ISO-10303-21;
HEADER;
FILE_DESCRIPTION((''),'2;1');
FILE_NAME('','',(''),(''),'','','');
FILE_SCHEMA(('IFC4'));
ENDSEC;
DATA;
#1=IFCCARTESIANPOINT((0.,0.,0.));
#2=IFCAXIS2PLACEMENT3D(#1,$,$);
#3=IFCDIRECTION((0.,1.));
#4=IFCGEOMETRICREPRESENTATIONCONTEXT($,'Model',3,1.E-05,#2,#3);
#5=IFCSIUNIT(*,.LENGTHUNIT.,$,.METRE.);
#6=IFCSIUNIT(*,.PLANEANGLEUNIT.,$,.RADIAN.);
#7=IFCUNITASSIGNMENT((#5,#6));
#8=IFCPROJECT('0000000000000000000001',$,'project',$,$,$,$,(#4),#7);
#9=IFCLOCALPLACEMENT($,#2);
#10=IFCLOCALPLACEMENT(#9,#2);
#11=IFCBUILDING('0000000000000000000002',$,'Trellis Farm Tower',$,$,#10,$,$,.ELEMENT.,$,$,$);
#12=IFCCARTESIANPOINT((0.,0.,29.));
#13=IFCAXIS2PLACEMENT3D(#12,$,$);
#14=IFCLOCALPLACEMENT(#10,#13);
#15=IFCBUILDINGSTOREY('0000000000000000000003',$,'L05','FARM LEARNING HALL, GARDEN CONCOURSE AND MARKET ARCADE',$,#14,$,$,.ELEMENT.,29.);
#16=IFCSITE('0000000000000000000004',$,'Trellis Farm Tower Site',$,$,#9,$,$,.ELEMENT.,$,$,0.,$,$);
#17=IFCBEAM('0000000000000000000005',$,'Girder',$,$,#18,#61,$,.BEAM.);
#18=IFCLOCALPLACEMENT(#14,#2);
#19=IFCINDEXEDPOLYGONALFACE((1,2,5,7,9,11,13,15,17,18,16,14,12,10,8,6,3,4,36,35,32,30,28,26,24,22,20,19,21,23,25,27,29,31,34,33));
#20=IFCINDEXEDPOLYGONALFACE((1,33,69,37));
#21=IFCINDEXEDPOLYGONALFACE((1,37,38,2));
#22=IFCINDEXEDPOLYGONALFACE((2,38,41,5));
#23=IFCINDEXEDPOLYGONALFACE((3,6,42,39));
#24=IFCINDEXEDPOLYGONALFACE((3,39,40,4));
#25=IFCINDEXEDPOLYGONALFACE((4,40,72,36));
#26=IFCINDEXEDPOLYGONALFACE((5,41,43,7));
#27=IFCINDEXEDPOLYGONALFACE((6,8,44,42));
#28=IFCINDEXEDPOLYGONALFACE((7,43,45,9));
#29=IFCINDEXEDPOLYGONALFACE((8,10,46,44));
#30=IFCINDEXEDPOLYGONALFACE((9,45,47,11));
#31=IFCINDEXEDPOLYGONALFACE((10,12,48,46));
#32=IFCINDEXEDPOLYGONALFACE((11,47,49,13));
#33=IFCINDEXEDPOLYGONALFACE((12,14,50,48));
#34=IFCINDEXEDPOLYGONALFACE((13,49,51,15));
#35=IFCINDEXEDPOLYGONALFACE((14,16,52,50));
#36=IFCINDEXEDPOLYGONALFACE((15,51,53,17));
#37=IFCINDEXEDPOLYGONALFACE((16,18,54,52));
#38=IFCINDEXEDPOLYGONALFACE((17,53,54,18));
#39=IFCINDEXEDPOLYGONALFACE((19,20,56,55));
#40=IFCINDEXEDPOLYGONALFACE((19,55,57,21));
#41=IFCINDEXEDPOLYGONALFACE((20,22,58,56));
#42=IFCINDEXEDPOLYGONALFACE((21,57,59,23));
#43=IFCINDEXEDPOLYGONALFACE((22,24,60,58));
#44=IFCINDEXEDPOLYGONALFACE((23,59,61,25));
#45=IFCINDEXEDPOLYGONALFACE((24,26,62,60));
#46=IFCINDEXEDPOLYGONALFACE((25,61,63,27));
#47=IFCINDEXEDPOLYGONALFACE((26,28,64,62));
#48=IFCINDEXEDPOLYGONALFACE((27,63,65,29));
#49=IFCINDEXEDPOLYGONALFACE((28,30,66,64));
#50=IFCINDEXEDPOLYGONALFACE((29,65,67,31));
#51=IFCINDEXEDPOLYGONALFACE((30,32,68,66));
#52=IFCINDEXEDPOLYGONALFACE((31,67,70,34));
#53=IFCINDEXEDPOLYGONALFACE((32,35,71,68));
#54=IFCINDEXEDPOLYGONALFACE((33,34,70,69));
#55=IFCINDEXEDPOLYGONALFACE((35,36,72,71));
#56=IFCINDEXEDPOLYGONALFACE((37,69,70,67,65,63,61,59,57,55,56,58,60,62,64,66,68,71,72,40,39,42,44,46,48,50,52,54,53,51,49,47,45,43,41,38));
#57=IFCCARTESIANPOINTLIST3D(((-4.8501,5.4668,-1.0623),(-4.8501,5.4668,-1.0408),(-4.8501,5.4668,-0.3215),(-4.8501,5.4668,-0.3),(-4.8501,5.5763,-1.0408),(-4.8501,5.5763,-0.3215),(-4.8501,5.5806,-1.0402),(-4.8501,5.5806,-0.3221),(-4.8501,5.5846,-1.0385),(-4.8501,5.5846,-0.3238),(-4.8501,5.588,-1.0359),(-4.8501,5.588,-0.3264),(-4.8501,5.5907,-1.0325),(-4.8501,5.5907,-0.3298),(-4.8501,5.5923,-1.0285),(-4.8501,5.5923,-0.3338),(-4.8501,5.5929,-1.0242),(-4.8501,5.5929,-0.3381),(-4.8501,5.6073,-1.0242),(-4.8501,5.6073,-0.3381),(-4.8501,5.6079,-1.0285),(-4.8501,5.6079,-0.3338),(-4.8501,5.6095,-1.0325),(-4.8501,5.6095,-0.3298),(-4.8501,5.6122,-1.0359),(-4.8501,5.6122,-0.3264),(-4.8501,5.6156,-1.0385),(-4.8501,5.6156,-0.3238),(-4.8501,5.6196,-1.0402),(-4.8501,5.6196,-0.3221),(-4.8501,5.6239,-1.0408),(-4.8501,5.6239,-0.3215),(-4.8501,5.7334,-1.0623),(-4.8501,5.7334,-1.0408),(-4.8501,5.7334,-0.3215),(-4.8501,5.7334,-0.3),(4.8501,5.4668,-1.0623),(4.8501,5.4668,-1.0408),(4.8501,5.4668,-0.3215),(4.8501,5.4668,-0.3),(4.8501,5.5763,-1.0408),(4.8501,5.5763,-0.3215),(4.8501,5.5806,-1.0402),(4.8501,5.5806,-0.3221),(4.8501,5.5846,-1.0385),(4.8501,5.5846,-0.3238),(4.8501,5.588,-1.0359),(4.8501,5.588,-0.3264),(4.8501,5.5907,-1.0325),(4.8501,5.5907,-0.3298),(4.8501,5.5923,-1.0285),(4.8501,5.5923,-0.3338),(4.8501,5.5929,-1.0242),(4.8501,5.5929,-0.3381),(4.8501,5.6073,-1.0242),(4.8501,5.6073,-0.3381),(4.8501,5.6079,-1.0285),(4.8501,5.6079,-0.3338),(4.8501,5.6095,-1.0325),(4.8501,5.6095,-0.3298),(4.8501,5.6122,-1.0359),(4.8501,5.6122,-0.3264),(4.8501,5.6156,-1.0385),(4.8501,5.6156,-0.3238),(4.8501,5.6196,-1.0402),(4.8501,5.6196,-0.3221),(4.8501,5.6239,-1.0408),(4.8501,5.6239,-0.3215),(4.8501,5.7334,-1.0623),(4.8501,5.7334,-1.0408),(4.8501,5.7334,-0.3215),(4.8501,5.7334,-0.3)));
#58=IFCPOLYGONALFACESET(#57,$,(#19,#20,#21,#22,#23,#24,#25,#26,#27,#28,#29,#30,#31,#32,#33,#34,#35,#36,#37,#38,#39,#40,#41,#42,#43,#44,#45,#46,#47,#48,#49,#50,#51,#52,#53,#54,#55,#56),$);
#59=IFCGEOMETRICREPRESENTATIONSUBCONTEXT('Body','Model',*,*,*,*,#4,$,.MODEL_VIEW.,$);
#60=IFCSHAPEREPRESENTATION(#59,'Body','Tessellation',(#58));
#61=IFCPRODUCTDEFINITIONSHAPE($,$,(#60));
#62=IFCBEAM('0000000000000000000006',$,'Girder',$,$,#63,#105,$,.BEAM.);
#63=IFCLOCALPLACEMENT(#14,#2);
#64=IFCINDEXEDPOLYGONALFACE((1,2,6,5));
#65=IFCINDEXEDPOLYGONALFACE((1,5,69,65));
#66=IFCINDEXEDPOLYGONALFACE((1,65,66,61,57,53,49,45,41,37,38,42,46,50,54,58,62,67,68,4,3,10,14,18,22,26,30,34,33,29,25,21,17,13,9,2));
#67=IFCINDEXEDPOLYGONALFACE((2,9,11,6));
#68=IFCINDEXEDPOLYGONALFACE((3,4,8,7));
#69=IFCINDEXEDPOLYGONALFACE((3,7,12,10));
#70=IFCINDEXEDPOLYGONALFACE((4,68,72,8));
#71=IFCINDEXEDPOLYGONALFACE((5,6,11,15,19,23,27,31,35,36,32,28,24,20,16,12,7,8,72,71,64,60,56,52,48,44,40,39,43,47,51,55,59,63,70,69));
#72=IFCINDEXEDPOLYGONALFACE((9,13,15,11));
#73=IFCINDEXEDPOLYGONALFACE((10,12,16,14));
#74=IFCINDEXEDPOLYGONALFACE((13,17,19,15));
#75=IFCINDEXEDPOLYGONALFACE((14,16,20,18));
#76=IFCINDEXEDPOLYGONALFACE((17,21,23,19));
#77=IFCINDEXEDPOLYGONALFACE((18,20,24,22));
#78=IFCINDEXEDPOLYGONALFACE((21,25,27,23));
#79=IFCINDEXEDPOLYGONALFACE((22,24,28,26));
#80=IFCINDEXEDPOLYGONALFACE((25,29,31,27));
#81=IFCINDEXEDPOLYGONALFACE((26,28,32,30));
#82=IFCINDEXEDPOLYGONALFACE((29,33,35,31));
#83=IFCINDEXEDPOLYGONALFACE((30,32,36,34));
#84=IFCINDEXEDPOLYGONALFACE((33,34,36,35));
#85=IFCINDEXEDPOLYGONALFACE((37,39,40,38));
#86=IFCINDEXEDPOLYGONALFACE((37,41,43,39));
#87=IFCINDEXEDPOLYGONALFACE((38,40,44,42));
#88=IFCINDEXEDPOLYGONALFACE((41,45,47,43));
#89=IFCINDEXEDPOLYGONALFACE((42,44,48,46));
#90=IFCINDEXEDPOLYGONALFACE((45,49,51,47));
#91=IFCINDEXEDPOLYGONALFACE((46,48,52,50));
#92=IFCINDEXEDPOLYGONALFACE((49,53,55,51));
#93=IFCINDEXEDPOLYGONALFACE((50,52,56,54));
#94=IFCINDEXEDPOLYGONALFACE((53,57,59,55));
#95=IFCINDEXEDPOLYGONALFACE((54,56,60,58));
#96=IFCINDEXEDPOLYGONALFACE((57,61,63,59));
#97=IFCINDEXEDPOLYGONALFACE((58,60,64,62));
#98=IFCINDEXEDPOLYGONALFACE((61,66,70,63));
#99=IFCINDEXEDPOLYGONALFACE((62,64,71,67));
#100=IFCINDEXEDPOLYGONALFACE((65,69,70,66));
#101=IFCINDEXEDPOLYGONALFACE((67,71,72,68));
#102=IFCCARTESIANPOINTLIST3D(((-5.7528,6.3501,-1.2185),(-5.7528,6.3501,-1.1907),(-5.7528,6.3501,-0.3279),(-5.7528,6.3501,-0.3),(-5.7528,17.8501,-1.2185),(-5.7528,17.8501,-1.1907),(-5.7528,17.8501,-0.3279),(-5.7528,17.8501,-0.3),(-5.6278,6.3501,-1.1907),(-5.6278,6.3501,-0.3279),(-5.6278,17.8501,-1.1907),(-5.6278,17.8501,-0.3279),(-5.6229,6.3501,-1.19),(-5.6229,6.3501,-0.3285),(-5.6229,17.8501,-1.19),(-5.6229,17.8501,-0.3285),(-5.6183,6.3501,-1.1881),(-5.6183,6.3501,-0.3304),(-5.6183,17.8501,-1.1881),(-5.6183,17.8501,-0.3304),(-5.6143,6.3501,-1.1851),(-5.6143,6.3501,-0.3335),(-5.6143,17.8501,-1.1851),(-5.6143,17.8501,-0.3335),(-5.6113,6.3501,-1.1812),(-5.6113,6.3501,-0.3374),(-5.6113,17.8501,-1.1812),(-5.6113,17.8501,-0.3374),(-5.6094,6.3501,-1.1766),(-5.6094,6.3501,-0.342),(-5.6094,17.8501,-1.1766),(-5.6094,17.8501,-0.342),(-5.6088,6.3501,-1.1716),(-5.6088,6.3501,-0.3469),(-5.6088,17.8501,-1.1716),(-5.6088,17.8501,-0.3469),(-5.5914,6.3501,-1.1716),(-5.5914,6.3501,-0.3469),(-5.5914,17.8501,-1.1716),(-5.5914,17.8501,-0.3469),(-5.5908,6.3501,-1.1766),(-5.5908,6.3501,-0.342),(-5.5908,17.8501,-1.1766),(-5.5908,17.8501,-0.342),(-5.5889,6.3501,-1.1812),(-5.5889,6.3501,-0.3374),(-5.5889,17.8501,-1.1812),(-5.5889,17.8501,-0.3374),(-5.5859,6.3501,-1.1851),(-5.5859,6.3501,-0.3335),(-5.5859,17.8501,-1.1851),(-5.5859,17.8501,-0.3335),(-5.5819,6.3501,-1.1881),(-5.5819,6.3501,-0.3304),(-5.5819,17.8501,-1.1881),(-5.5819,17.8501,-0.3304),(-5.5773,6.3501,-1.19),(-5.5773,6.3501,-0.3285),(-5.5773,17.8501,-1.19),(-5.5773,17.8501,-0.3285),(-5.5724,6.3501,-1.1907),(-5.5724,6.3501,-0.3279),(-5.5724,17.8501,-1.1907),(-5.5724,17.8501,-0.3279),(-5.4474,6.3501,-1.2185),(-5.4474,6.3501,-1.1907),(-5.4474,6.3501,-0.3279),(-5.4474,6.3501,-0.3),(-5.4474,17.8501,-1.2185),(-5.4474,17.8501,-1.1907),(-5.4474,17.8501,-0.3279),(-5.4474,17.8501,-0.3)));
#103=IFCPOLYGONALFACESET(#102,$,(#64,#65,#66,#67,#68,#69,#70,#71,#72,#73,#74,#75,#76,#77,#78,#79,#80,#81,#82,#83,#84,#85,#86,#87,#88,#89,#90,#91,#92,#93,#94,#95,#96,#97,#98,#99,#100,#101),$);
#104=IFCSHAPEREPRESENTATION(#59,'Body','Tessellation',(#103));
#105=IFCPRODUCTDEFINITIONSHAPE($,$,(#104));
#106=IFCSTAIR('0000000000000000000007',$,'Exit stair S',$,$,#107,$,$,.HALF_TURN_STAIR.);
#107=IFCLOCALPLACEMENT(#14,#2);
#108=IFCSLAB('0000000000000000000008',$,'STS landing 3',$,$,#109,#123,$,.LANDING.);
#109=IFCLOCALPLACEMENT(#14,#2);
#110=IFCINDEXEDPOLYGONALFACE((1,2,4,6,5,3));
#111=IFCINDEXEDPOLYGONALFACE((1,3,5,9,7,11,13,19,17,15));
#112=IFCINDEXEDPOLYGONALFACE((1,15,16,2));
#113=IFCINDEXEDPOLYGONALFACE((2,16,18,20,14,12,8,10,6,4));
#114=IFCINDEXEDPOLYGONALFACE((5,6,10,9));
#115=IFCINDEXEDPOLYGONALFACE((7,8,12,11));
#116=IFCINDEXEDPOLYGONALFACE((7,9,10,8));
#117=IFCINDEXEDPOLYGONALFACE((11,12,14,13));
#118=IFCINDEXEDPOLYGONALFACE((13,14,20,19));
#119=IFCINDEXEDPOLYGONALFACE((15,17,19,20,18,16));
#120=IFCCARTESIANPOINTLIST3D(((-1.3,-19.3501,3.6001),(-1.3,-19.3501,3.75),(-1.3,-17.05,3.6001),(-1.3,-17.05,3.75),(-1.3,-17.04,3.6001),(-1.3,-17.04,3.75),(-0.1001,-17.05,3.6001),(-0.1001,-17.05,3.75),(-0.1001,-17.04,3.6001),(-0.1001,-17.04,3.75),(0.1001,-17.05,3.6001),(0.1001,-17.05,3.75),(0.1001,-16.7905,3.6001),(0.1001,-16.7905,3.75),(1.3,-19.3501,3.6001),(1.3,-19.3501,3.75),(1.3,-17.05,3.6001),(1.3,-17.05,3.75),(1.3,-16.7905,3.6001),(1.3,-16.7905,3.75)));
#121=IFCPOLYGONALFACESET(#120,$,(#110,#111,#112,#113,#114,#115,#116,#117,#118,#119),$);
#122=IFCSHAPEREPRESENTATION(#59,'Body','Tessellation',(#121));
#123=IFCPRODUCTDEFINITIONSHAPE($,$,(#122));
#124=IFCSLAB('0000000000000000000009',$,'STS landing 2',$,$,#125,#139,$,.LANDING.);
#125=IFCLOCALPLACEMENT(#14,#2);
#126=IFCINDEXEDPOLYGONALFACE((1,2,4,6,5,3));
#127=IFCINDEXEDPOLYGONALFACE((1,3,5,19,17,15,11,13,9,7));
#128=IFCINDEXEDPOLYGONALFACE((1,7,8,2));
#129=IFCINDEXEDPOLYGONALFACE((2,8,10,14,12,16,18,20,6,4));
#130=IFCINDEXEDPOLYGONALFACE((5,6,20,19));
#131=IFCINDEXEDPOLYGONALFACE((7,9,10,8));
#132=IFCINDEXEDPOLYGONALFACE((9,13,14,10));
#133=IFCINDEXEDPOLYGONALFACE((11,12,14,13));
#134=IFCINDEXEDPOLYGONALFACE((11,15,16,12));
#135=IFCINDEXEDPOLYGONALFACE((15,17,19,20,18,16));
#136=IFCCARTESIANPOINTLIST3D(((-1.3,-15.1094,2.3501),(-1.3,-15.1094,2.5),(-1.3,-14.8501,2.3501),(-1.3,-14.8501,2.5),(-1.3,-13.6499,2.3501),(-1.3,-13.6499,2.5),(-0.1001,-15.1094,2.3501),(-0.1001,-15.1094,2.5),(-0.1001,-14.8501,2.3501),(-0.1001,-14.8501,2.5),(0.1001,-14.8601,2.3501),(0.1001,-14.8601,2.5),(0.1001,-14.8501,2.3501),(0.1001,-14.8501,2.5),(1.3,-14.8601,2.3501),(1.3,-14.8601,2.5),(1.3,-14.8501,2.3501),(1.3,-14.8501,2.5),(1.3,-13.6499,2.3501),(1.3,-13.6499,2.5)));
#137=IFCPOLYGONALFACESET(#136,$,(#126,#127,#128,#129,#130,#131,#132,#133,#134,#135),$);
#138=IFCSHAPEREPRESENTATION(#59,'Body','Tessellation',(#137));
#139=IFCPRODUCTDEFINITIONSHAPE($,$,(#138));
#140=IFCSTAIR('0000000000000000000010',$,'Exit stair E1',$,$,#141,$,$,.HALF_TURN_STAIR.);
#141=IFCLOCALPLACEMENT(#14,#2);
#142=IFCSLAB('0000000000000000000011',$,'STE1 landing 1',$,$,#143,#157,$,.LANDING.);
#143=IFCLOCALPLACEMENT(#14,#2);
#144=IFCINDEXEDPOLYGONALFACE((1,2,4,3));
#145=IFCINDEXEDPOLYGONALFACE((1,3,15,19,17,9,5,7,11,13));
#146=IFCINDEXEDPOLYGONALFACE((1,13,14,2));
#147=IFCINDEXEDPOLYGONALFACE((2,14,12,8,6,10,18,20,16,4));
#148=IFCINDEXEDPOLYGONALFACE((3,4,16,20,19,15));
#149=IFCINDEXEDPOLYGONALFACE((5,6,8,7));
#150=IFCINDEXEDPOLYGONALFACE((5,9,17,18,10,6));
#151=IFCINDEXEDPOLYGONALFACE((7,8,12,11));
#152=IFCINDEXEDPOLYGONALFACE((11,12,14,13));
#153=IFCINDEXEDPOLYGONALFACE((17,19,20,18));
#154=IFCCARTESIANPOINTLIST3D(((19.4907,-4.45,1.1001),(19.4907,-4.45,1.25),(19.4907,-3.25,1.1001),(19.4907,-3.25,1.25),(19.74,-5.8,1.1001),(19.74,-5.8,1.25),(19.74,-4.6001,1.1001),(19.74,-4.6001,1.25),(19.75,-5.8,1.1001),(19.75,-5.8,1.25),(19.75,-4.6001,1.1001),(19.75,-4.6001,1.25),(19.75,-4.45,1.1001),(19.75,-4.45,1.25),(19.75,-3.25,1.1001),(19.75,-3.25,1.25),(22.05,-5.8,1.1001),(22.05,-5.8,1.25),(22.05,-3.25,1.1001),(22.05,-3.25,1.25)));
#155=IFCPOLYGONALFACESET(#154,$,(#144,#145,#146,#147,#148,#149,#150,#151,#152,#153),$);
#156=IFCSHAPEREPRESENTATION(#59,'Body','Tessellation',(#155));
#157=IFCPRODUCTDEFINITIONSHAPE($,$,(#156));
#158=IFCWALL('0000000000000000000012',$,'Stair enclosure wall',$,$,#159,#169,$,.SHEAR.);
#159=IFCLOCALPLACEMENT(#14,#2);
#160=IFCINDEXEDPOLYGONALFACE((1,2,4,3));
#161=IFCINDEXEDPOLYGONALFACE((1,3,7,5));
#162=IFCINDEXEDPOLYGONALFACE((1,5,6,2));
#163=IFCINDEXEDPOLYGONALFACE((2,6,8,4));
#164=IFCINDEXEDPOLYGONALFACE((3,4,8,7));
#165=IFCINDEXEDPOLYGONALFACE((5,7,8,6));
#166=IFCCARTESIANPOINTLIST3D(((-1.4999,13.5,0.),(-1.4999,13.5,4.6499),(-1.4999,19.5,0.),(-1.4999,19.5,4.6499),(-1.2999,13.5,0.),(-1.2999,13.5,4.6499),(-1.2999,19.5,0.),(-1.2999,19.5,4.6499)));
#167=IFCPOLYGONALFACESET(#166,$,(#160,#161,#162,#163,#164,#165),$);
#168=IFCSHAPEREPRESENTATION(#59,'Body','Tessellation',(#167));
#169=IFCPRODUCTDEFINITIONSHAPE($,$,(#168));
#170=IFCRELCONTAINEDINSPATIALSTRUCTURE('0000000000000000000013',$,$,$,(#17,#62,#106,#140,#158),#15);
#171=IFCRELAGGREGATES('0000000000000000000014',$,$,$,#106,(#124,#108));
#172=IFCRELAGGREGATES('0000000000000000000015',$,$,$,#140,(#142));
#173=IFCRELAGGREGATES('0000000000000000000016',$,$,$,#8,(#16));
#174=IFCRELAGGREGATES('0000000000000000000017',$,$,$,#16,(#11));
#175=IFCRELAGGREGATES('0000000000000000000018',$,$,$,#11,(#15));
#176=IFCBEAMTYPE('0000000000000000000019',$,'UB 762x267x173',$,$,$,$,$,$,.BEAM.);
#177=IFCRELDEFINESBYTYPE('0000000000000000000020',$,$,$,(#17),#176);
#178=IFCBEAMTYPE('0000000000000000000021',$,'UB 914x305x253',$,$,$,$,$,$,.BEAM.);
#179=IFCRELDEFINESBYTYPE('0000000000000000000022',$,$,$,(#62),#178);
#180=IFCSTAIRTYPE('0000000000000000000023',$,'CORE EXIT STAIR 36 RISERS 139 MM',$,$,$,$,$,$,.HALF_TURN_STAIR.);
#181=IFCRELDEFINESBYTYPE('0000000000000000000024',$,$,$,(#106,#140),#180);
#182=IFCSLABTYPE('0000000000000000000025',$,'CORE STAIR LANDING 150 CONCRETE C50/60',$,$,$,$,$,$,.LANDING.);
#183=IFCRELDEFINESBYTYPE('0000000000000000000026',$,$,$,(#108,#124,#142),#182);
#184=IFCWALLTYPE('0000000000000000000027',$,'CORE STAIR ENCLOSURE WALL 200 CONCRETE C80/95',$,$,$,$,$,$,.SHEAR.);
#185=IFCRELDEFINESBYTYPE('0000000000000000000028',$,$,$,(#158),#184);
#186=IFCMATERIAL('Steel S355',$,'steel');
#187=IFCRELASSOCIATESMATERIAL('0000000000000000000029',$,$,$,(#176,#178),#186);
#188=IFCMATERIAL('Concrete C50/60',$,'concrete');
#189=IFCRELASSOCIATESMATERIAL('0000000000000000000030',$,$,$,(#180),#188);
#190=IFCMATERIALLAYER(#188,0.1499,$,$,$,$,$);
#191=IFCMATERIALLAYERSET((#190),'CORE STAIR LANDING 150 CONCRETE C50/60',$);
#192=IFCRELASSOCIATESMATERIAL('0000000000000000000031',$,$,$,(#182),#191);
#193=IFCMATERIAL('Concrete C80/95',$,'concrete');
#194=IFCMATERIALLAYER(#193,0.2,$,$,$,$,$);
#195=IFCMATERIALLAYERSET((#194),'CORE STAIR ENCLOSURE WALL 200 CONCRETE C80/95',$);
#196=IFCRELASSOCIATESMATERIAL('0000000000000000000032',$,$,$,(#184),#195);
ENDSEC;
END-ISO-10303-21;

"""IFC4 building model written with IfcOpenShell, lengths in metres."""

from ifc_helpers import new_model, si_unit, direction, frame, frame_2d, origin, origin_2d, place, context, subcontext, project, spatial, polyline, rectangle, i_section, outline, extrude, source, transform, mapped, material, layer, layer_set, material_profile, profile_set, type_object, element, aggregate, save


model = new_model("IFC4")

# Units and contexts
model_context = context("Model", 3, precision=1e-05, world=origin(), true_north=direction((0.0, 1.0)))
body_context = subcontext(model_context, "Body", "Model", "MODEL_VIEW")
ifc_project = project(units=[si_unit("LENGTHUNIT", "METRE"), si_unit("PLANEANGLEUNIT", "RADIAN")], contexts=[model_context])

# Site, building, storey
site_placement = place(None, origin())
site = spatial("IfcSite", under=ifc_project, at=site_placement, Name="Trellis Farm Tower Site", CompositionType="ELEMENT", RefElevation=0.0)
building_placement = place(site_placement, origin())
building = spatial("IfcBuilding", under=site, at=building_placement, Name="Trellis Farm Tower", CompositionType="ELEMENT")
storey_placement = place(building_placement, frame((0.0, 0.0, 29.0)))
storey = spatial("IfcBuildingStorey", under=building, at=storey_placement, Name="L05", Description="FARM LEARNING HALL, GARDEN CONCOURSE AND MARKET ARCADE", CompositionType="ELEMENT", Elevation=29.0)

# Shared definitions
ifc_material_1 = material(Name="Concrete C80/95", Category="concrete")

# Beams
ifc_material_2 = material(Name="Steel S355", Category="steel")
ifc_material_profile_1 = material_profile(ifc_material_2, i_section(OverallWidth=0.2666, OverallDepth=0.7622, WebThickness=0.0144, FlangeThickness=0.0215, FilletRadius=0.0166, at=origin_2d()), Name="UB 762x267x173")
ifc_profile_set_1 = profile_set([ifc_material_profile_1], Name="Steel S355")
beam_type_1 = type_object("IfcBeamType", Name="UB 762x267x173", PredefinedType="BEAM", material=ifc_profile_set_1)
shared_shape_1 = source(origin(), body_context, "Body", "SweptSolid", [
    extrude(i_section(OverallWidth=0.2666, OverallDepth=0.7622, WebThickness=0.0144, FlangeThickness=0.0215, FilletRadius=0.0166, at=origin_2d()), origin(), (0.0, 0.0, 1.0), 9.7002),
])
beam_1_placement = place(storey_placement, frame((-4.8501, 5.6001, -0.6812), z_axis=(1.0, 0.0, 0.0), x_axis=(0.0, 1.0, 0.0)))
element("IfcBeam", 1, at=beam_1_placement, inside=storey, type_object=beam_type_1, Name="Girder", PredefinedType="BEAM", context=body_context, shape_type="MappedRepresentation", body=[
    mapped(shared_shape_1, transform((0.0, 0.0, 0.0))),
])
ifc_material_profile_2 = material_profile(ifc_material_2, i_section(OverallWidth=0.3054, OverallDepth=0.9185, WebThickness=0.0173, FlangeThickness=0.0278, FilletRadius=0.019, at=origin_2d()), Name="UB 914x305x253")
ifc_profile_set_2 = profile_set([ifc_material_profile_2], Name="Steel S355")
beam_type_2 = type_object("IfcBeamType", Name="UB 914x305x253", PredefinedType="BEAM", material=ifc_profile_set_2)
shared_shape_2 = source(origin(), body_context, "Body", "SweptSolid", [
    extrude(i_section(OverallWidth=0.3054, OverallDepth=0.9185, WebThickness=0.0173, FlangeThickness=0.0278, FilletRadius=0.019, at=origin_2d()), origin(), (0.0, 0.0, 1.0), 11.5),
])
beam_2_placement = place(storey_placement, frame((-5.6001, 6.3501, -0.7593), z_axis=(0.0, 1.0, 0.0), x_axis=(-1.0, 0.0, 0.0)))
element("IfcBeam", 2, at=beam_2_placement, inside=storey, type_object=beam_type_2, Name="Girder", PredefinedType="BEAM", context=body_context, shape_type="MappedRepresentation", body=[
    mapped(shared_shape_2, transform((0.0, 0.0, 0.0))),
])

# Stair, slabs
ifc_material_3 = material(Name="Concrete C50/60", Category="concrete")
stair_type = type_object("IfcStairType", Name="CORE EXIT STAIR 36 RISERS 139 MM", PredefinedType="HALF_TURN_STAIR", material=ifc_material_3)
placement = place(storey_placement, origin())
stair_1 = element("IfcStair", 3, at=placement, inside=storey, type_object=stair_type, Name="Exit stair S", PredefinedType="HALF_TURN_STAIR")
ifc_layer_1 = layer(ifc_material_3, 0.1499)
ifc_layer_set_1 = layer_set([ifc_layer_1], Name="CORE STAIR LANDING 150 CONCRETE C50/60")
slab_type = type_object("IfcSlabType", Name="CORE STAIR LANDING 150 CONCRETE C50/60", PredefinedType="LANDING", material=ifc_layer_set_1)
shared_shape_3 = source(origin(), body_context, "Body", "SweptSolid", [
    extrude(outline(polyline([(1.3, -19.3501), (-1.3, -19.3501), (-1.3, -17.05), (-1.3, -17.04), (-0.1001, -17.04), (-0.1001, -17.05), (0.1001, -17.05), (0.1001, -16.7905), (1.3, -16.7905), (1.3, -17.05), (1.3, -19.3501)])), origin(), (0.0, 0.0, 1.0), 0.1499),
])
slab_1_placement = place(storey_placement, frame((0.0, 0.0, 3.6001)))
slab_1 = element("IfcSlab", 4, at=slab_1_placement, type_object=slab_type, Name="STS landing 3", PredefinedType="LANDING", context=body_context, shape_type="MappedRepresentation", body=[
    mapped(shared_shape_3, transform((0.0, 0.0, 0.0))),
])
shared_shape_4 = source(origin(), body_context, "Body", "SweptSolid", [
    extrude(outline(polyline([(-0.1001, -15.1094), (-1.3, -15.1094), (-1.3, -14.8501), (-1.3, -13.6499), (1.3, -13.6499), (1.3, -14.8501), (1.3, -14.8601), (0.1001, -14.8601), (0.1001, -14.8501), (-0.1001, -14.8501), (-0.1001, -15.1094)])), origin(), (0.0, 0.0, 1.0), 0.1499),
])
slab_2_placement = place(storey_placement, frame((0.0, 0.0, 2.3501)))
slab_2 = element("IfcSlab", 5, at=slab_2_placement, type_object=slab_type, Name="STS landing 2", PredefinedType="LANDING", context=body_context, shape_type="MappedRepresentation", body=[
    mapped(shared_shape_4, transform((0.0, 0.0, 0.0))),
])
aggregate(stair_1, [slab_2, slab_1])

# Stair, slab
stair_2 = element("IfcStair", 6, at=placement, inside=storey, type_object=stair_type, Name="Exit stair E1", PredefinedType="HALF_TURN_STAIR")
shared_shape_5 = source(origin(), body_context, "Body", "SweptSolid", [
    extrude(outline(polyline([(19.74, -5.8), (19.74, -4.6001), (19.75, -4.6001), (19.75, -4.45), (19.4907, -4.45), (19.4907, -3.25), (19.75, -3.25), (22.05, -3.25), (22.05, -5.8), (19.75, -5.8), (19.74, -5.8)])), origin(), (0.0, 0.0, 1.0), 0.1499),
])
slab_3_placement = place(storey_placement, frame((0.0, 0.0, 1.1001)))
slab_3 = element("IfcSlab", 7, at=slab_3_placement, type_object=slab_type, Name="STE1 landing 1", PredefinedType="LANDING", context=body_context, shape_type="MappedRepresentation", body=[
    mapped(shared_shape_5, transform((0.0, 0.0, 0.0))),
])
aggregate(stair_2, [slab_3])

# Wall
ifc_layer_2 = layer(ifc_material_1, 0.2)
ifc_layer_set_2 = layer_set([ifc_layer_2], Name="CORE STAIR ENCLOSURE WALL 200 CONCRETE C80/95")
wall_type_1 = type_object("IfcWallType", Name="CORE STAIR ENCLOSURE WALL 200 CONCRETE C80/95", PredefinedType="SHEAR", material=ifc_layer_set_2)
shared_shape_6 = source(origin(), body_context, "Body", "SweptSolid", [
    extrude(rectangle(XDim=6.0, YDim=0.2, at=frame_2d((3.0, 0.0))), origin(), (0.0, 0.0, 1.0), 4.6499),
])
wall_1_placement = place(storey_placement, frame((-1.3999, 13.5, 0.0), z_axis=(0.0, 0.0, 1.0), x_axis=(0.0, 1.0, 0.0)))
element("IfcWall", 8, at=wall_1_placement, inside=storey, type_object=wall_type_1, Name="Stair enclosure wall", PredefinedType="SHEAR", context=body_context, shape_type="MappedRepresentation", body=[
    mapped(shared_shape_6, transform((0.0, 0.0, 0.0))),
])

save(model, "model.ifc")
